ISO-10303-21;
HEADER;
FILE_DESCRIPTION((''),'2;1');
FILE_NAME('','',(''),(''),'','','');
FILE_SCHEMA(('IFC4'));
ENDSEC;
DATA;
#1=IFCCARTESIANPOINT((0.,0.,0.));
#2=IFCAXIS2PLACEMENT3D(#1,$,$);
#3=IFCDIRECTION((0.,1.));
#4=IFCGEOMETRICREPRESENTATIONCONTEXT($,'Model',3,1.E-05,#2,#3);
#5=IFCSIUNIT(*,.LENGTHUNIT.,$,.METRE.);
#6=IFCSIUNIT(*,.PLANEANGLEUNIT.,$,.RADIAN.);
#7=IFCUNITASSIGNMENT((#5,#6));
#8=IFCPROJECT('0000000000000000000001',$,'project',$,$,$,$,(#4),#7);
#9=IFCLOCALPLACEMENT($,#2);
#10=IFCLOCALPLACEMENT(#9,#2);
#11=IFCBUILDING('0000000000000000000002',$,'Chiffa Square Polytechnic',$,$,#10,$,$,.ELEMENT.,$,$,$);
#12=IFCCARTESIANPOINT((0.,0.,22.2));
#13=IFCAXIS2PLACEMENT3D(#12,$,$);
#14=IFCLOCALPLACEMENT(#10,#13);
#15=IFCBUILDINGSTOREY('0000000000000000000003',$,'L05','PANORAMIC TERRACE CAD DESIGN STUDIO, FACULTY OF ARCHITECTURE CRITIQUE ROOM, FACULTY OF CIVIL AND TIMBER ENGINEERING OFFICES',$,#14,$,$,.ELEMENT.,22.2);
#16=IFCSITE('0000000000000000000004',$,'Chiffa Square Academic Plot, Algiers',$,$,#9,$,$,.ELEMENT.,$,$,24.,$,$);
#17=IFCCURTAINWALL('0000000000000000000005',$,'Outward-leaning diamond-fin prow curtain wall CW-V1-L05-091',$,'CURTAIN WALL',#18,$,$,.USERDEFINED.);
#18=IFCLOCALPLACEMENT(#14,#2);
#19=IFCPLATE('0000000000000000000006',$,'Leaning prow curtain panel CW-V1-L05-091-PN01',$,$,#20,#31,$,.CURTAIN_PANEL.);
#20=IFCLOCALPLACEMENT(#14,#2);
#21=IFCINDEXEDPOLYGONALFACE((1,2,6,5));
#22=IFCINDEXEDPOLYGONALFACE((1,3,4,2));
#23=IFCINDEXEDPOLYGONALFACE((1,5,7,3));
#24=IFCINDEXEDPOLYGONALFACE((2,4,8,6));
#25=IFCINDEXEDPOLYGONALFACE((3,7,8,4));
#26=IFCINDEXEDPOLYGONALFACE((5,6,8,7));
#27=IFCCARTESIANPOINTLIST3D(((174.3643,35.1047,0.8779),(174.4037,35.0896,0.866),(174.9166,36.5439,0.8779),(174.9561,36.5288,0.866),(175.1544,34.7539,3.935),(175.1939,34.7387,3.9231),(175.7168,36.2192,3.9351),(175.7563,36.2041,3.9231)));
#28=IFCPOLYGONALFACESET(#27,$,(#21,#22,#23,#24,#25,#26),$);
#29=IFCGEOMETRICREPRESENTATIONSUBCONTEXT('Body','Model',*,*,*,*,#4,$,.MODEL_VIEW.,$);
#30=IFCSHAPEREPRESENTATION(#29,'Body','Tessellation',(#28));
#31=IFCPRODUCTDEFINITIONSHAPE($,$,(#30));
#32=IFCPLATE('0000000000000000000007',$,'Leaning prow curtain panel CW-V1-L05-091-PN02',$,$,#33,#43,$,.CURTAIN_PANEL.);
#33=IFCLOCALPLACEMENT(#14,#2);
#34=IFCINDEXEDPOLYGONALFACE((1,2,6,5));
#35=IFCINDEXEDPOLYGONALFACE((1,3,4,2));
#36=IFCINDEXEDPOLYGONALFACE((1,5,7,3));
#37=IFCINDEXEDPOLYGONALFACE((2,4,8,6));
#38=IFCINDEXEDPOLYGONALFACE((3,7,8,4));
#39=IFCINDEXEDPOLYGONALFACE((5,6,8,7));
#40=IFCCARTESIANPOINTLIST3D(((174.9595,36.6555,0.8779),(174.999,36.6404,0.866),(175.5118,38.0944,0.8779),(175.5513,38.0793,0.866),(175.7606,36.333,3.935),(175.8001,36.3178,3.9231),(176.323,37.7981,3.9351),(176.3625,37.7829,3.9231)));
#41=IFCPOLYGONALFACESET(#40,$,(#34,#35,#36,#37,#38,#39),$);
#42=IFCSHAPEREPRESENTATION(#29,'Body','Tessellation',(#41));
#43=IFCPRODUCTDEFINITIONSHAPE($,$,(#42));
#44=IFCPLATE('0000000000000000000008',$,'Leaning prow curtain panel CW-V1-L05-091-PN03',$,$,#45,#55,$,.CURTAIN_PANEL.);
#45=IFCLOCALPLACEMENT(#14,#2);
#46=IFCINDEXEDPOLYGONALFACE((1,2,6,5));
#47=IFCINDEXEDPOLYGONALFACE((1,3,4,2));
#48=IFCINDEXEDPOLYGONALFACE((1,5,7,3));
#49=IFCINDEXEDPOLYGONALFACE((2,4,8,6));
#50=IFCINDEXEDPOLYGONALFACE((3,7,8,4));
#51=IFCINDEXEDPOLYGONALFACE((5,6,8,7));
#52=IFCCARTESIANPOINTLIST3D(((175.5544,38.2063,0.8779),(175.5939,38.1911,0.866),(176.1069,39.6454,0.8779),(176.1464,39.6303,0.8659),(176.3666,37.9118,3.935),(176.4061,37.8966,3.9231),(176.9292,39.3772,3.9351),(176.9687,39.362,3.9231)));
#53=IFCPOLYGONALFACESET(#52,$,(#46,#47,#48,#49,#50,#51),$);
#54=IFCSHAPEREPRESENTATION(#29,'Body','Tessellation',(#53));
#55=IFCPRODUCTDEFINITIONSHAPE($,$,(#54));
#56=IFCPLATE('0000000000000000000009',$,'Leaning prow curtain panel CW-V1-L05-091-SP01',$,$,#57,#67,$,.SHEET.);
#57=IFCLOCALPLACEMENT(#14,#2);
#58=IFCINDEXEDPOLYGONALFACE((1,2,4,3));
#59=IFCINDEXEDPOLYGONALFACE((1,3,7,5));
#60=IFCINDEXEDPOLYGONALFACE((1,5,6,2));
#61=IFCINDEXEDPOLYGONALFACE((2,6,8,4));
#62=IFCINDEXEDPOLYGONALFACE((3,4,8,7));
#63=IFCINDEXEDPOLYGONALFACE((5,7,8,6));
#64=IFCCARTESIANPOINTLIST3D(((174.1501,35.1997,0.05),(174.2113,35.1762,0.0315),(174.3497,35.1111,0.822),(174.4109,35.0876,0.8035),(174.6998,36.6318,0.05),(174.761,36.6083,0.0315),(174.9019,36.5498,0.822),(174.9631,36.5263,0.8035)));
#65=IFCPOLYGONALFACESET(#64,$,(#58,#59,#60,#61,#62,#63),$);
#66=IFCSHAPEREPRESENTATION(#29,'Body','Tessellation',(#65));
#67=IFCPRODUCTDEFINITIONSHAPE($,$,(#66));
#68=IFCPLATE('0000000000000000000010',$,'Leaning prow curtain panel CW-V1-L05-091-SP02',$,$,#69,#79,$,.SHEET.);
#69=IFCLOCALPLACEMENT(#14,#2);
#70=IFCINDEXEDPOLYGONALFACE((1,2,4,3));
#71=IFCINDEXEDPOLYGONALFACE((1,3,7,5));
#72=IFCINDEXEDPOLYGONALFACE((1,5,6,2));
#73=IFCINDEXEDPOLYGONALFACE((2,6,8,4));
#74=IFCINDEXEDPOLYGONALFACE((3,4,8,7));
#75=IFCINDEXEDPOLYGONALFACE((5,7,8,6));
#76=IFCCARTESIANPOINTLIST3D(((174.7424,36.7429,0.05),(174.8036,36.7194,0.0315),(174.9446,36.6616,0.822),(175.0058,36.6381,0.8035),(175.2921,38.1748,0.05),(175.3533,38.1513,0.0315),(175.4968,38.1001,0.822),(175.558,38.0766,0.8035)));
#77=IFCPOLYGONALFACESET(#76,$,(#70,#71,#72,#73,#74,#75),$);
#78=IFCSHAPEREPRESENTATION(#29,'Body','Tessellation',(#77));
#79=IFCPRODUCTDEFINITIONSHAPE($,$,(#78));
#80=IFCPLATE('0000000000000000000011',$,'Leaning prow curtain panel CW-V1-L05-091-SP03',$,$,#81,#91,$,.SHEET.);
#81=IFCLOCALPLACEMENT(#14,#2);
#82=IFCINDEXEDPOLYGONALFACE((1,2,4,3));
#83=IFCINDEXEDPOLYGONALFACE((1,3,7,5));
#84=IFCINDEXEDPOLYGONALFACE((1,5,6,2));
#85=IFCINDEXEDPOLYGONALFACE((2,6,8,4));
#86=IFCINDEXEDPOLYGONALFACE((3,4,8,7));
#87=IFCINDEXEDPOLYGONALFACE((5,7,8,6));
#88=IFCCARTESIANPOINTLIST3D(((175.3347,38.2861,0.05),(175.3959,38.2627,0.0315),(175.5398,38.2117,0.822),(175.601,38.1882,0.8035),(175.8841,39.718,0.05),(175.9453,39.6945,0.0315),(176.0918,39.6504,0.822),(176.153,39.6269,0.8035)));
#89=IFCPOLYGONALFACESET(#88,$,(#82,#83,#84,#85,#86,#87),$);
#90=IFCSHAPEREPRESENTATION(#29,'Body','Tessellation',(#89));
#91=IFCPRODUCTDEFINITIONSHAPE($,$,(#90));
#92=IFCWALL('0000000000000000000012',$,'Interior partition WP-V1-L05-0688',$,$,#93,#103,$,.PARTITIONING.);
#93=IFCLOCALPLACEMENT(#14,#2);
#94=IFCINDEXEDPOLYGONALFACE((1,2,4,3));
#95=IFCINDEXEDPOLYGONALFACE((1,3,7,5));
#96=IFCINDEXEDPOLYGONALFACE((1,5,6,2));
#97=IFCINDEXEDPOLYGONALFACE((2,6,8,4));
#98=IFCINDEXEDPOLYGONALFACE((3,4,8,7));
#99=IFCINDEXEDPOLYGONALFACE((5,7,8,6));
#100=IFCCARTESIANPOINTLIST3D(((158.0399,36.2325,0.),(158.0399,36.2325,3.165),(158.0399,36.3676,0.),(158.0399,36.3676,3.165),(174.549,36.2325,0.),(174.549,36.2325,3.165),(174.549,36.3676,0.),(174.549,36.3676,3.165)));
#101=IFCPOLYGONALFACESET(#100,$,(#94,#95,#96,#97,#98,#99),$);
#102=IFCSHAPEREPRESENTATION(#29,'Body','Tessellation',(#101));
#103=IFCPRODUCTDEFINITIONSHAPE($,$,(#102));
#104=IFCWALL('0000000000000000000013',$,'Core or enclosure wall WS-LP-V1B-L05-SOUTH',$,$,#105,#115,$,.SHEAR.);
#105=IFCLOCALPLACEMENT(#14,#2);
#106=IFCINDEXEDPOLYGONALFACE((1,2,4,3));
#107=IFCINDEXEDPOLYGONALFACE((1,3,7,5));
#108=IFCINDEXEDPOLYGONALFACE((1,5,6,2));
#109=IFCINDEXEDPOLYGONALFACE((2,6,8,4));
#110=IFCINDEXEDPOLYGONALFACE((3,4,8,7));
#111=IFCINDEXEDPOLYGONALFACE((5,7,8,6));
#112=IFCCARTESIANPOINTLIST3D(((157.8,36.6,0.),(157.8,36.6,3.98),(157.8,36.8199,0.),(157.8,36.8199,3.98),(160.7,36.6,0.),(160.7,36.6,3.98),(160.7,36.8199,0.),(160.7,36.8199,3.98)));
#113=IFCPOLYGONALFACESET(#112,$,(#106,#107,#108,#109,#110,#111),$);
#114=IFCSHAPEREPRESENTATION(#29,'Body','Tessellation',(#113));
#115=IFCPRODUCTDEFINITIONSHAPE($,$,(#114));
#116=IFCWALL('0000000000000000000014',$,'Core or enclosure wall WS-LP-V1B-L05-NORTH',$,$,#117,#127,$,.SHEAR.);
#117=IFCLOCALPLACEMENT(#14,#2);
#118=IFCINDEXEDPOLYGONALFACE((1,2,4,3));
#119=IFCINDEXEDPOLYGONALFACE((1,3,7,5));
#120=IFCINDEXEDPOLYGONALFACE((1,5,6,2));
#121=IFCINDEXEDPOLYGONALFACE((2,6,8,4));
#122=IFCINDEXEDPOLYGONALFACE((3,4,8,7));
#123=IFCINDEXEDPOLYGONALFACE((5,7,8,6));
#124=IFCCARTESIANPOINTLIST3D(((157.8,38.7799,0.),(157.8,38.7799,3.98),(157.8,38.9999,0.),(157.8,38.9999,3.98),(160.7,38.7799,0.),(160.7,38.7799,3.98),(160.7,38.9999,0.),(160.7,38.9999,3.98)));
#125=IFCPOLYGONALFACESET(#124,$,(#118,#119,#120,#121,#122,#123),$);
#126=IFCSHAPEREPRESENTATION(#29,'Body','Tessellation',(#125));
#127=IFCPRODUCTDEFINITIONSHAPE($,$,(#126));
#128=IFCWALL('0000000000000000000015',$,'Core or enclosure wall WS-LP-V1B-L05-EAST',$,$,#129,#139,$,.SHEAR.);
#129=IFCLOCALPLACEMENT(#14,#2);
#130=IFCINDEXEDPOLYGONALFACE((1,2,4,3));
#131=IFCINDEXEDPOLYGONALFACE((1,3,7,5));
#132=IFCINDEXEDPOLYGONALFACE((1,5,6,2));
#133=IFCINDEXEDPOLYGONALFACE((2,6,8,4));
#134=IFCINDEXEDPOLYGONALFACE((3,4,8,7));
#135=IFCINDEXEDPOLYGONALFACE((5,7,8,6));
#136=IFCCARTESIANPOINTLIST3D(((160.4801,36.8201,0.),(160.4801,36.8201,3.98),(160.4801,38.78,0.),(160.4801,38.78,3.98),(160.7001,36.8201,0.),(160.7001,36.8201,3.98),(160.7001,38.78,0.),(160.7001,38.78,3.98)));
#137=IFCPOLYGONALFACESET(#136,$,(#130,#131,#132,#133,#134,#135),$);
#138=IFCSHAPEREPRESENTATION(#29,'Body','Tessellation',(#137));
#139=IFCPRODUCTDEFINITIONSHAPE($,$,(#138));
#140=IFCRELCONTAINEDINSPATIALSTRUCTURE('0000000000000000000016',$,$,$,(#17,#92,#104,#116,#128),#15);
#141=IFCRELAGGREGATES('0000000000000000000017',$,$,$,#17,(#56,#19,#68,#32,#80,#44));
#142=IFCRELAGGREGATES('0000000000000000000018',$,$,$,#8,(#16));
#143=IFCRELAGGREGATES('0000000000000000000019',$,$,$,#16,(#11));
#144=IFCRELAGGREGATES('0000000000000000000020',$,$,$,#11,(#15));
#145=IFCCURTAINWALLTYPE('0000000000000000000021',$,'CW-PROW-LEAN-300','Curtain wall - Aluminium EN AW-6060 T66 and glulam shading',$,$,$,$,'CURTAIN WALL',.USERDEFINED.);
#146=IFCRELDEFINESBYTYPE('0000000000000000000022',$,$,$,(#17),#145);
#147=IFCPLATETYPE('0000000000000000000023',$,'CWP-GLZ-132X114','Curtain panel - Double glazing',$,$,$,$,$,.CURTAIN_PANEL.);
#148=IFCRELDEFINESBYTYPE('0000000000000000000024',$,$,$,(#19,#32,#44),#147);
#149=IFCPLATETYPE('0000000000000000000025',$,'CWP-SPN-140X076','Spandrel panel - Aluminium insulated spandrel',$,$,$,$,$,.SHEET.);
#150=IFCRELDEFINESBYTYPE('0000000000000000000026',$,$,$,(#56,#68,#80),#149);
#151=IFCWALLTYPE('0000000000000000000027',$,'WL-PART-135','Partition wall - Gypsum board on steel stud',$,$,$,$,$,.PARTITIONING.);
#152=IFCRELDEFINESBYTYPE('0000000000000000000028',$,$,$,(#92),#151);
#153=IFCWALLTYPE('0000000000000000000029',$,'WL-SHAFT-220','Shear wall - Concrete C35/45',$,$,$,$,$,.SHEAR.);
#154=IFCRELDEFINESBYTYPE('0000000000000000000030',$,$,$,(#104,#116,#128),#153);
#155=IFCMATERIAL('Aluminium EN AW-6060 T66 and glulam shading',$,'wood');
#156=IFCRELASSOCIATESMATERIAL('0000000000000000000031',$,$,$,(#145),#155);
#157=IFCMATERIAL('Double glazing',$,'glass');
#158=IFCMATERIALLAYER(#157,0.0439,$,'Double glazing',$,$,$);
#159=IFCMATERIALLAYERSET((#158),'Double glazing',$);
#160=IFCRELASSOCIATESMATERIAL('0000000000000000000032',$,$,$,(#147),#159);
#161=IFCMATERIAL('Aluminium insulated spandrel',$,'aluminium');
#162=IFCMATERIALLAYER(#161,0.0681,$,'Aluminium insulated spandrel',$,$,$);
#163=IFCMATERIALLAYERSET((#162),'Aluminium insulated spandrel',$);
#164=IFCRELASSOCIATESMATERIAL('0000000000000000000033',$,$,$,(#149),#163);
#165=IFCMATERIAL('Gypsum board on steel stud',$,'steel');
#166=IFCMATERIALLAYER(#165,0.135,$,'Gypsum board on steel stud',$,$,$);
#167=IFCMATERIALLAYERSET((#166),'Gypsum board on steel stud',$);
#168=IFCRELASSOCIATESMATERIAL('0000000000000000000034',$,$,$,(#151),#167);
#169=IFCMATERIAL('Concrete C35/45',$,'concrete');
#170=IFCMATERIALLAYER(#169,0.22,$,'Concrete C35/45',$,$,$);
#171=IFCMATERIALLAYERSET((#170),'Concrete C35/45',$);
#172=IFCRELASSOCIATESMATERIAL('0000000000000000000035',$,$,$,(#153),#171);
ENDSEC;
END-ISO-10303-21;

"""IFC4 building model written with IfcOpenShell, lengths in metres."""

from ifc_helpers import new_model, si_unit, direction, frame, frame_2d, origin, place, context, subcontext, project, spatial, polyline, rectangle, outline, extrude, material, layer, layer_set, type_object, element, aggregate, save


model = new_model("IFC4")

# Units and contexts
model_context = context("Model", 3, precision=1e-05, world=origin(), true_north=direction((0.0, 1.0)))
body_context = subcontext(model_context, "Body", "Model", "MODEL_VIEW")
ifc_project = project(units=[si_unit("LENGTHUNIT", "METRE"), si_unit("PLANEANGLEUNIT", "RADIAN")], contexts=[model_context])

# Site, building, storey
site_placement = place(None, origin())
site = spatial("IfcSite", under=ifc_project, at=site_placement, Name="Chiffa Square Academic Plot, Algiers", CompositionType="ELEMENT", RefElevation=24.0)
building_placement = place(site_placement, origin())
building = spatial("IfcBuilding", under=site, at=building_placement, Name="Chiffa Square Polytechnic", CompositionType="ELEMENT")
storey_placement = place(building_placement, frame((0.0, 0.0, 22.2)))
storey = spatial("IfcBuildingStorey", under=building, at=storey_placement, Name="L05", Description="PANORAMIC TERRACE CAD DESIGN STUDIO, FACULTY OF ARCHITECTURE CRITIQUE ROOM, FACULTY OF CIVIL AND TIMBER ENGINEERING OFFICES", CompositionType="ELEMENT", Elevation=22.2)

# Shared definitions
ifc_material_1 = material(Name="Concrete C35/45", Category="concrete")

# Curtain wall, plates
ifc_material_2 = material(Name="Aluminium EN AW-6060 T66 and glulam shading", Category="wood")
curtain_wall_type = type_object("IfcCurtainWallType", Name="CW-PROW-LEAN-300", Description="Curtain wall - Aluminium EN AW-6060 T66 and glulam shading", ElementType="CURTAIN WALL", PredefinedType="USERDEFINED", material=ifc_material_2)
curtain_wall_placement = place(storey_placement, origin())
curtain_wall = element("IfcCurtainWall", 1, at=curtain_wall_placement, inside=storey, type_object=curtain_wall_type, Name="Outward-leaning diamond-fin prow curtain wall CW-V1-L05-091", ObjectType="CURTAIN WALL", PredefinedType="USERDEFINED")
ifc_material_3 = material(Name="Double glazing", Category="glass")
ifc_layer_1 = layer(ifc_material_3, 0.0439, Name="Double glazing")
ifc_layer_set_1 = layer_set([ifc_layer_1], Name="Double glazing")
plate_type_1 = type_object("IfcPlateType", Name="CWP-GLZ-132X114", Description="Curtain panel - Double glazing", PredefinedType="CURTAIN_PANEL", material=ifc_layer_set_1)
plate_1_placement = place(storey_placement, frame((174.3643, 35.1047, 0.8779), z_axis=(-0.898459, 0.344823, 0.271789), x_axis=(0.358306, 0.933604, -0.000018)))
plate_1 = element("IfcPlate", 2, at=plate_1_placement, type_object=plate_type_1, Name="Leaning prow curtain panel CW-V1-L05-091-PN01", PredefinedType="CURTAIN_PANEL", context=body_context, shape_type="SweptSolid", body=[
    extrude(outline(polyline([(0.0, 0.0), (1.5415, 0.0), (1.5251, -3.1767), (-0.0445, -3.1767), (0.0, 0.0)])), origin(), (0.0, 0.0, -1.0), 0.0439),
])
plate_2_placement = place(storey_placement, frame((174.9595, 36.6555, 0.8779), z_axis=(-0.898431, 0.34487, 0.271821), x_axis=(0.358359, 0.933584, -0.000018)))
plate_2 = element("IfcPlate", 3, at=plate_2_placement, type_object=plate_type_1, Name="Leaning prow curtain panel CW-V1-L05-091-PN02", PredefinedType="CURTAIN_PANEL", context=body_context, shape_type="SweptSolid", body=[
    extrude(outline(polyline([(0.0, 0.0), (1.5413, 0.0), (1.5553, -3.1768), (-0.0141, -3.1767), (0.0, 0.0)])), origin(), (0.0, 0.0, -1.0), 0.0439),
])
plate_3_placement = place(storey_placement, frame((175.5544, 38.2063, 0.8779), z_axis=(-0.898401, 0.344877, 0.271911), x_axis=(0.35837, 0.93358, -0.000037)))
plate_3 = element("IfcPlate", 4, at=plate_3_placement, type_object=plate_type_1, Name="Leaning prow curtain panel CW-V1-L05-091-PN03", PredefinedType="CURTAIN_PANEL", context=body_context, shape_type="SweptSolid", body=[
    extrude(outline(polyline([(0.0, 0.0), (1.5415, 0.0), (1.5857, -3.1769), (0.016, -3.1768), (0.0, 0.0)])), origin(), (0.0, 0.0, -1.0), 0.0439),
])
ifc_material_4 = material(Name="Aluminium insulated spandrel", Category="aluminium")
ifc_layer_2 = layer(ifc_material_4, 0.0681, Name="Aluminium insulated spandrel")
ifc_layer_set_2 = layer_set([ifc_layer_2], Name="Aluminium insulated spandrel")
plate_type_2 = type_object("IfcPlateType", Name="CWP-SPN-140X076", Description="Spandrel panel - Aluminium insulated spandrel", PredefinedType="SHEET", material=ifc_layer_set_2)
plate_4_placement = place(storey_placement, frame((174.1501, 35.1997, 0.05), z_axis=(-0.898452, 0.344818, 0.271819), x_axis=(0.358305, 0.933604, -0.000012)))
plate_4 = element("IfcPlate", 5, at=plate_4_placement, type_object=plate_type_2, Name="Leaning prow curtain panel CW-V1-L05-091-SP01", PredefinedType="SHEET", context=body_context, shape_type="SweptSolid", body=[
    extrude(outline(polyline([(0.0, 0.0), (1.534, 0.0), (1.5298, -0.8022), (-0.0113, -0.8022), (0.0, 0.0)])), origin(), (0.0, 0.0, -1.0), 0.0681),
])
plate_5_placement = place(storey_placement, frame((174.7424, 36.7429, 0.05), z_axis=(-0.898468, 0.344883, 0.271683), x_axis=(0.358359, 0.933584, -0.000012)))
plate_5 = element("IfcPlate", 6, at=plate_5_placement, type_object=plate_type_2, Name="Leaning prow curtain panel CW-V1-L05-091-SP02", PredefinedType="SHEET", context=body_context, shape_type="SweptSolid", body=[
    extrude(outline(polyline([(0.0, 0.0), (1.5337, 0.0), (1.5374, -0.8022), (-0.0035, -0.8021), (0.0, 0.0)])), origin(), (0.0, 0.0, -1.0), 0.0681),
])
plate_6_placement = place(storey_placement, frame((175.3347, 38.2861, 0.05), z_axis=(-0.898455, 0.344695, 0.271964), x_axis=(0.358195, 0.933647, -0.000005)))
plate_6 = element("IfcPlate", 7, at=plate_6_placement, type_object=plate_type_2, Name="Leaning prow curtain panel CW-V1-L05-091-SP03", PredefinedType="SHEET", context=body_context, shape_type="SweptSolid", body=[
    extrude(outline(polyline([(0.0, 0.0), (1.5336, 0.0), (1.5449, -0.8022), (0.0039, -0.8022), (0.0, 0.0)])), origin(), (0.0, 0.0, -1.0), 0.0681),
])
aggregate(curtain_wall, [plate_4, plate_1, plate_5, plate_2, plate_6, plate_3])

# Walls
ifc_material_5 = material(Name="Gypsum board on steel stud", Category="steel")
ifc_layer_3 = layer(ifc_material_5, 0.135, Name="Gypsum board on steel stud")
ifc_layer_set_3 = layer_set([ifc_layer_3], Name="Gypsum board on steel stud")
wall_type_1 = type_object("IfcWallType", Name="WL-PART-135", Description="Partition wall - Gypsum board on steel stud", PredefinedType="PARTITIONING", material=ifc_layer_set_3)
wall_1_placement = place(storey_placement, frame((158.04, 36.3, 0.0), z_axis=(0.0, 0.0, 1.0), x_axis=(1.0, 0.0, 0.0)))
element("IfcWall", 8, at=wall_1_placement, inside=storey, type_object=wall_type_1, Name="Interior partition WP-V1-L05-0688", PredefinedType="PARTITIONING", context=body_context, shape_type="SweptSolid", body=[
    extrude(rectangle(XDim=16.509, YDim=0.135, at=frame_2d((8.2544, 0.0))), origin(), (0.0, 0.0, 1.0), 3.165),
])
ifc_layer_4 = layer(ifc_material_1, 0.22, Name="Concrete C35/45")
ifc_layer_set_4 = layer_set([ifc_layer_4], Name="Concrete C35/45")
wall_type_2 = type_object("IfcWallType", Name="WL-SHAFT-220", Description="Shear wall - Concrete C35/45", PredefinedType="SHEAR", material=ifc_layer_set_4)
for number, where, z_axis, x_axis, name in (
    (9, (157.8, 36.71, 0.0), (0.0, 0.0, 1.0), (1.0, 0.0, 0.0), "Core or enclosure wall WS-LP-V1B-L05-SOUTH"),
    (10, (157.8, 38.8899, 0.0), (0.0, 0.0, 1.0), (1.0, 0.0, 0.0), "Core or enclosure wall WS-LP-V1B-L05-NORTH"),
):
    element("IfcWall", number, at=place(storey_placement, frame(where, z_axis=z_axis, x_axis=x_axis)), inside=storey, type_object=wall_type_2, Name=name, PredefinedType="SHEAR", context=body_context, shape_type="SweptSolid", body=[
        extrude(rectangle(XDim=2.8999, YDim=0.22, at=frame_2d((1.45, 0.0))), origin(), (0.0, 0.0, 1.0), 3.98),
    ])

# Wall
wall_2_placement = place(storey_placement, frame((160.5901, 36.8201, 0.0), z_axis=(0.0, 0.0, 1.0), x_axis=(0.0, 1.0, 0.0)))
element("IfcWall", 11, at=wall_2_placement, inside=storey, type_object=wall_type_2, Name="Core or enclosure wall WS-LP-V1B-L05-EAST", PredefinedType="SHEAR", context=body_context, shape_type="SweptSolid", body=[
    extrude(rectangle(XDim=1.96, YDim=0.22, at=frame_2d((0.98, 0.0))), origin(), (0.0, 0.0, 1.0), 3.98),
])

save(model, "model.ifc")
